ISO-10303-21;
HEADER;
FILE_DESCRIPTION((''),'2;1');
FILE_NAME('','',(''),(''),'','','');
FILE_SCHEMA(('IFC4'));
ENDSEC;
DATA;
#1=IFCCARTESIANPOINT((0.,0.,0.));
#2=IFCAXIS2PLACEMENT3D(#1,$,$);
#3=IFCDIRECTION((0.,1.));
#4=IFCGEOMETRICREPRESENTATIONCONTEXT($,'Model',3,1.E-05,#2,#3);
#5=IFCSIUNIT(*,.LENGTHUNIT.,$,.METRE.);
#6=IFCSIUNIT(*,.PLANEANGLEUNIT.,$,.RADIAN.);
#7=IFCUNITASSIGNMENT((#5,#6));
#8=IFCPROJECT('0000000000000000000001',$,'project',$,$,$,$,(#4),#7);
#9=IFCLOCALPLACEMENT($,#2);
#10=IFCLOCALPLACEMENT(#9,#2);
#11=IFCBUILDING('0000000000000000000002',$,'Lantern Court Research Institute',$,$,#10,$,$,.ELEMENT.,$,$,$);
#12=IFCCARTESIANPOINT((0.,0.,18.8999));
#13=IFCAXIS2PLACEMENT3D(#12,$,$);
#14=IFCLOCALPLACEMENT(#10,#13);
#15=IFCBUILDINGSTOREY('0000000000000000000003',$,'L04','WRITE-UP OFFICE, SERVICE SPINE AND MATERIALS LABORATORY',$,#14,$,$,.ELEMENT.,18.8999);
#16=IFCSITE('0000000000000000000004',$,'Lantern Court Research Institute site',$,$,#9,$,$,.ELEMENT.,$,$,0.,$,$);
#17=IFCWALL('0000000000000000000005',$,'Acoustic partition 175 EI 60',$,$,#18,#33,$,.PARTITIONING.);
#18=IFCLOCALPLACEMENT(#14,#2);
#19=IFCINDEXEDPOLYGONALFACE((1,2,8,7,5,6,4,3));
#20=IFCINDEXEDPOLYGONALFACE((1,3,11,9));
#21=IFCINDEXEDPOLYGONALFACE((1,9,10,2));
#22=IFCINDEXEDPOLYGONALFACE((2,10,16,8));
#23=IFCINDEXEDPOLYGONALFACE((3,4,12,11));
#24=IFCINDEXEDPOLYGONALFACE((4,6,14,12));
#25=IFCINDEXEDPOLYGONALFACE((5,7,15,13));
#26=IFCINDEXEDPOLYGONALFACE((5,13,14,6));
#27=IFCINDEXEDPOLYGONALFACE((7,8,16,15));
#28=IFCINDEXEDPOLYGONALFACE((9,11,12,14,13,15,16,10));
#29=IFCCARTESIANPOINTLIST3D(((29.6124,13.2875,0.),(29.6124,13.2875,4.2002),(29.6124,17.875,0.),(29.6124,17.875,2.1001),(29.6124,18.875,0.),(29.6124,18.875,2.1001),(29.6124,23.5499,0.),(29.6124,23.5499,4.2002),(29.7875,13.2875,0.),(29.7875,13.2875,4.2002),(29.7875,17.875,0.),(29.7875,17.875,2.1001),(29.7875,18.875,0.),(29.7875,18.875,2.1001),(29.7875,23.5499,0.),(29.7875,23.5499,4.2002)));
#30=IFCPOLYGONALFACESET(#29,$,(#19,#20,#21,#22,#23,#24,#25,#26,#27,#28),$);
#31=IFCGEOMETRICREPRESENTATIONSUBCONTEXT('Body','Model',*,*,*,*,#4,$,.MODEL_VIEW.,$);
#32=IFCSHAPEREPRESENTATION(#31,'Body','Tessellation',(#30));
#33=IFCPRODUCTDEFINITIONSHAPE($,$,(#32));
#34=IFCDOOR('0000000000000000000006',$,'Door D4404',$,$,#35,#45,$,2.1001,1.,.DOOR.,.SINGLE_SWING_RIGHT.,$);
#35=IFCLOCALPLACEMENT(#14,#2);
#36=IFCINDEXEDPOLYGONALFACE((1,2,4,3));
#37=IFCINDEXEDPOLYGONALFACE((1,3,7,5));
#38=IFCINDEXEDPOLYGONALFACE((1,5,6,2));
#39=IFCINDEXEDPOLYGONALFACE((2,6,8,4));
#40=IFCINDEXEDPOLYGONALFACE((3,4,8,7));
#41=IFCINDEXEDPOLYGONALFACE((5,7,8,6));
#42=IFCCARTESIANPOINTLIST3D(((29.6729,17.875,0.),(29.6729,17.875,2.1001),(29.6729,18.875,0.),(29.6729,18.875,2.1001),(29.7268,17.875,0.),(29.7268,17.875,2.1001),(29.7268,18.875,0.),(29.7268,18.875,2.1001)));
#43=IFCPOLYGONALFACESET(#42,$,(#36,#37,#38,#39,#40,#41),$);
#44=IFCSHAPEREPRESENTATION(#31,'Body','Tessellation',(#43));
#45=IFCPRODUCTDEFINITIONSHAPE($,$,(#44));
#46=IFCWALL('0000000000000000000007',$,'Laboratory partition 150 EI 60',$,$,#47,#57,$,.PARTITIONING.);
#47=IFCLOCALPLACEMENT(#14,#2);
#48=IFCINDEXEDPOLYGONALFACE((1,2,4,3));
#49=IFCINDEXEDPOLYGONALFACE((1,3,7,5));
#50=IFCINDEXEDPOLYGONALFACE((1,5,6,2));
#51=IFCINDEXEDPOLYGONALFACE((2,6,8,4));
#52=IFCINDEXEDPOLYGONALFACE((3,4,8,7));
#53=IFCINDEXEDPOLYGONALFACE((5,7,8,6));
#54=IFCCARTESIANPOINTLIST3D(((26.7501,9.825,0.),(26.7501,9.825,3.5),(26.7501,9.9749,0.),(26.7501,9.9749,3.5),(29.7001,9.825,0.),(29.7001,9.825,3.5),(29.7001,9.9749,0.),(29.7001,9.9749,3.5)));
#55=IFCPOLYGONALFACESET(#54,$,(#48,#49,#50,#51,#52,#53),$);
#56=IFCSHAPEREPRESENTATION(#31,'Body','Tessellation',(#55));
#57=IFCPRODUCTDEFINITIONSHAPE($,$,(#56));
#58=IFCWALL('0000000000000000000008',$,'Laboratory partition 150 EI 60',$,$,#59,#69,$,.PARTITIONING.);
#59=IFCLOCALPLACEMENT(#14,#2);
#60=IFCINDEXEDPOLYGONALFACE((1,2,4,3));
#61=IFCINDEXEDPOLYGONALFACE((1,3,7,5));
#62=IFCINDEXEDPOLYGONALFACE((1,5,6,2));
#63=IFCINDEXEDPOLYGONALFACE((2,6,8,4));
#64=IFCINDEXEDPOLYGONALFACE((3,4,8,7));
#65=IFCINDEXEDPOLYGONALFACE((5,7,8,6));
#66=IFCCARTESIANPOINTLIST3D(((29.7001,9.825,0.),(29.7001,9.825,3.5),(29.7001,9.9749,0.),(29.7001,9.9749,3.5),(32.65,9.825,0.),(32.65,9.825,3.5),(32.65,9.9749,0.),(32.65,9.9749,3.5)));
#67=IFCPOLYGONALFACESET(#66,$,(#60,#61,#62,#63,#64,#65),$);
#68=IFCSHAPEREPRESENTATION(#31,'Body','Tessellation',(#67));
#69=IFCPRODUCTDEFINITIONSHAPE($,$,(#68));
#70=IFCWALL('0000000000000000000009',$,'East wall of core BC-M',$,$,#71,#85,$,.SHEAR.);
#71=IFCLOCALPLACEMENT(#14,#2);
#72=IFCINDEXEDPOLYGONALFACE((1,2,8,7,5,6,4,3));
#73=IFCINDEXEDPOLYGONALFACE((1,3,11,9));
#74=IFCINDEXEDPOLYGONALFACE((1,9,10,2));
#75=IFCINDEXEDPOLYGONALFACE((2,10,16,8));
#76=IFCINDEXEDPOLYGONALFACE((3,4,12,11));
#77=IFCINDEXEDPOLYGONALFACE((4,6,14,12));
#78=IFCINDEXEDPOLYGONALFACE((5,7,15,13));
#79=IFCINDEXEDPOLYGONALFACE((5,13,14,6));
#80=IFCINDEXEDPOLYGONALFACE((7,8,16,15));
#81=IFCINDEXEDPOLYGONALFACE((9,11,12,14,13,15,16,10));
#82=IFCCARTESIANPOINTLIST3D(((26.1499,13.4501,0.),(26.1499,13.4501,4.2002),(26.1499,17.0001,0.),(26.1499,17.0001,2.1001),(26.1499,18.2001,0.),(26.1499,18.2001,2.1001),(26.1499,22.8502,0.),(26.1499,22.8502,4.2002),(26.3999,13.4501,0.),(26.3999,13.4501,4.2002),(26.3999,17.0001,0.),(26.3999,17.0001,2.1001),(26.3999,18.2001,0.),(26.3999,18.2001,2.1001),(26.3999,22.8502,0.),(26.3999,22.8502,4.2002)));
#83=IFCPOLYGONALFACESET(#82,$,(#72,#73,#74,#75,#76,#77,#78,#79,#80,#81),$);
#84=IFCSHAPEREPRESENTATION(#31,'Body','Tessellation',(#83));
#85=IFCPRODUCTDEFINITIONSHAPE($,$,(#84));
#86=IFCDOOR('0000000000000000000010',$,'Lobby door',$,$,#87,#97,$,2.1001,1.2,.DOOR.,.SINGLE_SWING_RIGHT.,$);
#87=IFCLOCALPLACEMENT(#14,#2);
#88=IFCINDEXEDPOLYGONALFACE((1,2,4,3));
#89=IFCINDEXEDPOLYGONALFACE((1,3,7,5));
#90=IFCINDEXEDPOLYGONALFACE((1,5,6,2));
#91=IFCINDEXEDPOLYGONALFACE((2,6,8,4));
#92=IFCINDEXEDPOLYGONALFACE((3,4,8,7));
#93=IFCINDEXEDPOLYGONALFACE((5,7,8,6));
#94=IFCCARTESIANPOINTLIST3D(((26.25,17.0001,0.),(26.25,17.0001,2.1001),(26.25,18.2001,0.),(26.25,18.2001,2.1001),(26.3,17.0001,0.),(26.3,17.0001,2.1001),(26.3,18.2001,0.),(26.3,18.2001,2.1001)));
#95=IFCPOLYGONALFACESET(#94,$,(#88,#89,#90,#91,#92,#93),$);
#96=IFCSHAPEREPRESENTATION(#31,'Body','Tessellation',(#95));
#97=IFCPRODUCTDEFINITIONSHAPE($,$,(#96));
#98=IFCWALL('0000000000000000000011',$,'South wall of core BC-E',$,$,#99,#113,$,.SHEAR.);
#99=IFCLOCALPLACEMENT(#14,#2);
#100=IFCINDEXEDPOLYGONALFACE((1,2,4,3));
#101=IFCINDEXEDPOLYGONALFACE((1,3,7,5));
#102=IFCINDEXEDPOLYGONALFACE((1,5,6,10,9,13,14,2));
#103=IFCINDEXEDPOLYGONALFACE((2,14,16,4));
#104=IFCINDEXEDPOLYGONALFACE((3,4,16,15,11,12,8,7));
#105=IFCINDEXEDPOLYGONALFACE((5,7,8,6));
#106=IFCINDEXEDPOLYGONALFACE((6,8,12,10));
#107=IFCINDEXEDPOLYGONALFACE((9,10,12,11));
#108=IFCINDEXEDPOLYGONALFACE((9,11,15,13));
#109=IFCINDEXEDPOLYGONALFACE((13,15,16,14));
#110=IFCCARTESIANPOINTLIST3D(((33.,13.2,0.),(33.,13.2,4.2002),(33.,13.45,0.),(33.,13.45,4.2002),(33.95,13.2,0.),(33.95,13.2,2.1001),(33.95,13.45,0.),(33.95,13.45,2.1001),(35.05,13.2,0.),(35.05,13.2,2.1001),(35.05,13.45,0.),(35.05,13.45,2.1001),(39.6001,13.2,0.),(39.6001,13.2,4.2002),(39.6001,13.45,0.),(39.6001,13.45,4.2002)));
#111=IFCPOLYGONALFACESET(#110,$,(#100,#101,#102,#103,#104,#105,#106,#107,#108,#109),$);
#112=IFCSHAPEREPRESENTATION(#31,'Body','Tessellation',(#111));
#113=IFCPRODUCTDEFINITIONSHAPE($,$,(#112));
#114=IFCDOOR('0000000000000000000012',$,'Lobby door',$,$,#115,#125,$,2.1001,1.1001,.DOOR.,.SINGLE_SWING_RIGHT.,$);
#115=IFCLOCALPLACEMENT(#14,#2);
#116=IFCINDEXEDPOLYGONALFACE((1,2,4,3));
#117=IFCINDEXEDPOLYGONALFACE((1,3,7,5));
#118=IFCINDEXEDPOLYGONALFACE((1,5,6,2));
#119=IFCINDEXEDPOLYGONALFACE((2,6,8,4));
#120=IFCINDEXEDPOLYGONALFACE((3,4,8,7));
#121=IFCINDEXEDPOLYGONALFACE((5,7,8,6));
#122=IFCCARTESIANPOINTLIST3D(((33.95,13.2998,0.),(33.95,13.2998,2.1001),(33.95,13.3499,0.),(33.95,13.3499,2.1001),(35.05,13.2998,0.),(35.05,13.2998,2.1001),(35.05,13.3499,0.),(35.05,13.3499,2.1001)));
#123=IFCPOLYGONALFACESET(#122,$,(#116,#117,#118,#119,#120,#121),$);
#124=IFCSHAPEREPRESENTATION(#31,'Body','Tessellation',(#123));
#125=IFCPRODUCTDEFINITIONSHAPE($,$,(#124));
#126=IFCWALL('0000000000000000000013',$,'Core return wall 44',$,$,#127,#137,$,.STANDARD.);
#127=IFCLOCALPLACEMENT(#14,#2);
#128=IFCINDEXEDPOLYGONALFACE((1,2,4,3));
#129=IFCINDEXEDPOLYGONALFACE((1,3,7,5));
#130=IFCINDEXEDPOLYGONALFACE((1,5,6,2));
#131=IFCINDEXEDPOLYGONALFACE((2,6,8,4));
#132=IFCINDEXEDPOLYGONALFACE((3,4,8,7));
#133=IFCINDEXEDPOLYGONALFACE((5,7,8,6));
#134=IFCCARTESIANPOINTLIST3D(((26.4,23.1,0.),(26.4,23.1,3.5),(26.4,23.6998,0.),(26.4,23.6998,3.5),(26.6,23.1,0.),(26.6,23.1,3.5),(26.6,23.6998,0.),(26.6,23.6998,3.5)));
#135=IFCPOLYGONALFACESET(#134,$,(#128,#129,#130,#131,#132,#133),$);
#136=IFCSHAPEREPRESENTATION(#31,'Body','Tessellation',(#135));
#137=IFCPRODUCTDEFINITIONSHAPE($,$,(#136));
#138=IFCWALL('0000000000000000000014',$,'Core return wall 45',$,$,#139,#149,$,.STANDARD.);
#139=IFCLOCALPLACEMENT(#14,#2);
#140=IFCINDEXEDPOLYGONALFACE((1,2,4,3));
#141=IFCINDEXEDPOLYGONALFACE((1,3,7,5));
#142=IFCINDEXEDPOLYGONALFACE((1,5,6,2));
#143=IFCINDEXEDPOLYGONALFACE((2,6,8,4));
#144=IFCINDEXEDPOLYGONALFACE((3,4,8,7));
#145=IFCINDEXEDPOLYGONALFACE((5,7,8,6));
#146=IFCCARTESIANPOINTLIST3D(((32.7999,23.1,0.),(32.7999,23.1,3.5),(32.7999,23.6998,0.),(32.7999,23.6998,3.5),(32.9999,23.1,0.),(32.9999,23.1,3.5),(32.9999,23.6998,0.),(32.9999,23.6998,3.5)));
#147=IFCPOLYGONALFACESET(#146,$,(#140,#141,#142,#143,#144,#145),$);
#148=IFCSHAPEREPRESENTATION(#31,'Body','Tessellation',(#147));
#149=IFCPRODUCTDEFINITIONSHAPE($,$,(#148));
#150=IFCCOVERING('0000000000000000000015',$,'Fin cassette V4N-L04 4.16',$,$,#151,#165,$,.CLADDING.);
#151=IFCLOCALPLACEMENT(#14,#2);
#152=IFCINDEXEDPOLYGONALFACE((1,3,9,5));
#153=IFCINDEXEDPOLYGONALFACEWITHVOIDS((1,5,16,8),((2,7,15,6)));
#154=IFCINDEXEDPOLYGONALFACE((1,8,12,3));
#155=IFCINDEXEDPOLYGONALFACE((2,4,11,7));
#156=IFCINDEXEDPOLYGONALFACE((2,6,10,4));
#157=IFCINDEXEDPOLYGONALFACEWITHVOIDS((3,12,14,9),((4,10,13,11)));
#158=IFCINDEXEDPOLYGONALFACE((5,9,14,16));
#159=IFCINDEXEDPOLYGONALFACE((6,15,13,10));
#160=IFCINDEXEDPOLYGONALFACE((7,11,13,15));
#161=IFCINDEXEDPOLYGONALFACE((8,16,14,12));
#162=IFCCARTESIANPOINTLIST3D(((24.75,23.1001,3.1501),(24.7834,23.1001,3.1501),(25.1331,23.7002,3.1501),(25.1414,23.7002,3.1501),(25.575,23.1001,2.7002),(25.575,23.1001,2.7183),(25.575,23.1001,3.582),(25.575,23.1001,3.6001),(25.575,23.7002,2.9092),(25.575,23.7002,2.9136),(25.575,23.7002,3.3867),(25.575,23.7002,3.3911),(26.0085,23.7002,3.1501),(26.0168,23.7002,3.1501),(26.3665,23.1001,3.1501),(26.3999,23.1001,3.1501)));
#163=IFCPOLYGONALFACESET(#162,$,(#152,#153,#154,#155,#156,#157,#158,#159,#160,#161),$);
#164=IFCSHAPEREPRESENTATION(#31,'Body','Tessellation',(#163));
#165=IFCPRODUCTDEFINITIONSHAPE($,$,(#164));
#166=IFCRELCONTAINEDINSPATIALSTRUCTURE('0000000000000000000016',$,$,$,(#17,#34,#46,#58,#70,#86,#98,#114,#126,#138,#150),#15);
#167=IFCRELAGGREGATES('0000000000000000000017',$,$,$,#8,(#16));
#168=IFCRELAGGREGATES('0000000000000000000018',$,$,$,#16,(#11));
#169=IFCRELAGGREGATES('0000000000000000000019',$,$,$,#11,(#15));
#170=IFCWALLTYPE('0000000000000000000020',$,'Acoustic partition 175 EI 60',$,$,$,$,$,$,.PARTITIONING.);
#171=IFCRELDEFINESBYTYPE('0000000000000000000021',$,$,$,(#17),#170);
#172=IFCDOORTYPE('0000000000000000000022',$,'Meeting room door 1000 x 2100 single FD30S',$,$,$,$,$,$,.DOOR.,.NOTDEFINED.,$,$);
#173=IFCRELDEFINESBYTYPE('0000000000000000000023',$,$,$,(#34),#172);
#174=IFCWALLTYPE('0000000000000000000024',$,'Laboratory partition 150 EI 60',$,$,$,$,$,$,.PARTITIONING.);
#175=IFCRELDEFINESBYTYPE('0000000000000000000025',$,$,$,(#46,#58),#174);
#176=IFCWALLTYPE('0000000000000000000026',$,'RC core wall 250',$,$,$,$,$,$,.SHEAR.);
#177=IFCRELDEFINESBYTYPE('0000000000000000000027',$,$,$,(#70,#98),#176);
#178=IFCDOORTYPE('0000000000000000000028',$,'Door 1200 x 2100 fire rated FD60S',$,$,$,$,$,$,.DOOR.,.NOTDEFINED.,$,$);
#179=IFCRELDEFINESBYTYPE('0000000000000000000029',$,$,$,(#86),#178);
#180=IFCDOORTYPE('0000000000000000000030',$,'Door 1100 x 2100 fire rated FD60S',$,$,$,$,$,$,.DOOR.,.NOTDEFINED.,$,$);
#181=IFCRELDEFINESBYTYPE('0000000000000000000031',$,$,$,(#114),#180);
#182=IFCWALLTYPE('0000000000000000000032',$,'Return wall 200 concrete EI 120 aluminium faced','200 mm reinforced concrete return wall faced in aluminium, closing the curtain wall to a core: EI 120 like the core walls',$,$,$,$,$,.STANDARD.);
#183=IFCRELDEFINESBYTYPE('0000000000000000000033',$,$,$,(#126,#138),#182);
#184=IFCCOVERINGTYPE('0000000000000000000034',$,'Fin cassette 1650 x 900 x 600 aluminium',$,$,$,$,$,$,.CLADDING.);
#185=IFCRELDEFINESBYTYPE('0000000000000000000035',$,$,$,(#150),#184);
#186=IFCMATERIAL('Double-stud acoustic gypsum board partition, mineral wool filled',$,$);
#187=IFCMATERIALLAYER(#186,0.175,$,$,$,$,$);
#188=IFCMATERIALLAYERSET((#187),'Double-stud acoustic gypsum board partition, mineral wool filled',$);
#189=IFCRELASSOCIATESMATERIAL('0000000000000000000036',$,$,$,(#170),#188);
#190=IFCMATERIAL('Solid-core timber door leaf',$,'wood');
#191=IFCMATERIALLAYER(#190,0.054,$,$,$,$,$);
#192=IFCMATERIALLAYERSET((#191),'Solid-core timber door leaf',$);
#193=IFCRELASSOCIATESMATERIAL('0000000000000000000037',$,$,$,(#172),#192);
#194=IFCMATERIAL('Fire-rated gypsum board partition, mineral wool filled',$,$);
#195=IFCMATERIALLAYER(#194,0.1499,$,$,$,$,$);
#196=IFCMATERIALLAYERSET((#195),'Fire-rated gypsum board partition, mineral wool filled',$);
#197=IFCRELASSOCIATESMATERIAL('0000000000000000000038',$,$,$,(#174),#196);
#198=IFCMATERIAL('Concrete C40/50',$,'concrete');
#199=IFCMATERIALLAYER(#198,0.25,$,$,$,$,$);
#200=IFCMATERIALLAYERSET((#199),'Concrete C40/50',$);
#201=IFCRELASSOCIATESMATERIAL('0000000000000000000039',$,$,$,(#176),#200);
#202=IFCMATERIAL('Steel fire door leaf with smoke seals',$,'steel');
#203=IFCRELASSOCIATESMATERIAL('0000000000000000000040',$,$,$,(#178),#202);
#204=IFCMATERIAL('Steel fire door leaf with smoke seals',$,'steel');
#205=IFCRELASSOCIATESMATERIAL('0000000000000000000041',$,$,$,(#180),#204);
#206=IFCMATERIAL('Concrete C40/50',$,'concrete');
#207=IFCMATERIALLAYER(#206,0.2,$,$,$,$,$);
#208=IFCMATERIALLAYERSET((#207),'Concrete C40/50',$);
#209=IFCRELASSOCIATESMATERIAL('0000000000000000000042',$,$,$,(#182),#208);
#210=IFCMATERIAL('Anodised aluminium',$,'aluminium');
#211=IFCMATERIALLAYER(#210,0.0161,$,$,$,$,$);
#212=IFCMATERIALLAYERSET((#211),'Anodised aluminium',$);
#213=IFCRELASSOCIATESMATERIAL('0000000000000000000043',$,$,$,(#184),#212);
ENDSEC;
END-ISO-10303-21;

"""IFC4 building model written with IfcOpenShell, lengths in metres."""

from ifc_helpers import new_model, entity, si_unit, direction, frame, frame_2d, origin, place, context, subcontext, project, spatial, rectangle, extrude, material, layer, layer_set, type_object, element, fill, save


model = new_model("IFC4")

# Units and contexts
model_context = context("Model", 3, precision=1e-05, world=origin(), true_north=direction((0.0, 1.0)))
body_context = subcontext(model_context, "Body", "Model", "MODEL_VIEW")
ifc_project = project(units=[si_unit("LENGTHUNIT", "METRE"), si_unit("PLANEANGLEUNIT", "RADIAN")], contexts=[model_context])

# Site, building, storey
site_placement = place(None, origin())
site = spatial("IfcSite", under=ifc_project, at=site_placement, Name="Lantern Court Research Institute site", CompositionType="ELEMENT", RefElevation=0.0)
building_placement = place(site_placement, origin())
building = spatial("IfcBuilding", under=site, at=building_placement, Name="Lantern Court Research Institute", CompositionType="ELEMENT")
storey_placement = place(building_placement, frame((0.0, 0.0, 18.8999)))
storey = spatial("IfcBuildingStorey", under=building, at=storey_placement, Name="L04", Description="WRITE-UP OFFICE, SERVICE SPINE AND MATERIALS LABORATORY", CompositionType="ELEMENT", Elevation=18.8999)

# Shared definitions
ifc_material_1 = material(Name="Double-stud acoustic gypsum board partition, mineral wool filled")
ifc_layer_1 = layer(ifc_material_1, 0.175)
ifc_layer_set_1 = layer_set([ifc_layer_1], Name="Double-stud acoustic gypsum board partition, mineral wool filled")
wall_type_1 = type_object("IfcWallType", Name="Acoustic partition 175 EI 60", PredefinedType="PARTITIONING", material=ifc_layer_set_1)

# Wall, opening, door
wall_1_placement = place(storey_placement, frame((29.7, 23.55, 0.0), z_axis=(0.0, 0.0, 1.0), x_axis=(0.0, -1.0, 0.0)))
wall_1 = element("IfcWall", 1, at=wall_1_placement, inside=storey, type_object=wall_type_1, Name="Acoustic partition 175 EI 60", PredefinedType="PARTITIONING", context=body_context, shape_type="SweptSolid", body=[
    extrude(rectangle(XDim=10.2625, YDim=0.175, at=frame_2d((5.1313, 0.0))), origin(), (0.0, 0.0, 1.0), 4.2002),
])
opening_1_placement = place(wall_1_placement, frame((4.675, 0.0, 0.0)))
opening_1 = element("IfcOpeningElement", 2, at=opening_1_placement, cuts=wall_1, PredefinedType="OPENING", context=body_context, shape_type="SweptSolid", body=[
    extrude(rectangle(XDim=1.0, YDim=2.1001, at=frame_2d((0.5, 1.05))), frame((0.0, 0.0974, 0.0), z_axis=(0.0, -1.0, 0.0), x_axis=(1.0, 0.0, 0.0)), (0.0, 0.0, 1.0), 0.1951),
])
ifc_material_2 = material(Name="Solid-core timber door leaf", Category="wood")
ifc_layer_2 = layer(ifc_material_2, 0.054)
ifc_layer_set_2 = layer_set([ifc_layer_2], Name="Solid-core timber door leaf")
door_type_1 = type_object("IfcDoorType", Name="Meeting room door 1000 x 2100 single FD30S", OperationType="NOTDEFINED", PredefinedType="DOOR", material=ifc_layer_set_2)
door_1_placement = place(opening_1_placement, origin())
door_1 = element("IfcDoor", 3, at=door_1_placement, inside=storey, type_object=door_type_1, Name="Door D4404", OperationType="SINGLE_SWING_RIGHT", OverallHeight=2.1001, OverallWidth=1.0, PredefinedType="DOOR", context=body_context, shape_type="SweptSolid", body=[
    extrude(rectangle(XDim=1.0, YDim=2.1001, at=frame_2d((0.5, 1.05))), frame((0.0, 0.0269, 0.0), z_axis=(0.0, -1.0, 0.0), x_axis=(1.0, 0.0, 0.0)), (0.0, 0.0, 1.0), 0.054),
])
fill(opening_1, door_1)

# Walls
ifc_material_3 = material(Name="Fire-rated gypsum board partition, mineral wool filled")
ifc_layer_3 = layer(ifc_material_3, 0.1499)
ifc_layer_set_3 = layer_set([ifc_layer_3], Name="Fire-rated gypsum board partition, mineral wool filled")
wall_type_2 = type_object("IfcWallType", Name="Laboratory partition 150 EI 60", PredefinedType="PARTITIONING", material=ifc_layer_set_3)
for number, where, z_axis, x_axis, name in (
    (4, (26.75, 9.8999, 0.0), (0.0, 0.0, 1.0), (1.0, 0.0, 0.0), "Laboratory partition 150 EI 60"),
    (5, (29.7, 9.8999, 0.0), (0.0, 0.0, 1.0), (1.0, 0.0, 0.0), "Laboratory partition 150 EI 60"),
):
    element("IfcWall", number, at=place(storey_placement, frame(where, z_axis=z_axis, x_axis=x_axis)), inside=storey, type_object=wall_type_2, Name=name, PredefinedType="PARTITIONING", context=body_context, shape_type="SweptSolid", body=[
        extrude(rectangle(XDim=2.95, YDim=0.1499, at=frame_2d((1.4751, 0.0))), origin(), (0.0, 0.0, 1.0), 3.5),
    ])

# Walls, openings, doors
ifc_material_4 = material(Name="Concrete C40/50", Category="concrete")
ifc_layer_4 = layer(ifc_material_4, 0.25)
ifc_layer_set_4 = layer_set([ifc_layer_4], Name="Concrete C40/50")
wall_type_3 = type_object("IfcWallType", Name="RC core wall 250", PredefinedType="SHEAR", material=ifc_layer_set_4)
wall_2_placement = place(storey_placement, frame((26.2749, 13.45, 0.0), z_axis=(0.0, 0.0, 1.0), x_axis=(0.0, 1.0, 0.0)))
wall_2 = element("IfcWall", 6, at=wall_2_placement, inside=storey, type_object=wall_type_3, Name="East wall of core BC-M", PredefinedType="SHEAR", context=body_context, shape_type="SweptSolid", body=[
    extrude(rectangle(XDim=9.4001, YDim=0.25, at=frame_2d((4.7002, 0.0))), origin(), (0.0, 0.0, 1.0), 4.2002),
])
opening_2_placement = place(wall_2_placement, frame((3.55, 0.0, 0.0)))
opening_2 = element("IfcOpeningElement", 7, at=opening_2_placement, cuts=wall_2, PredefinedType="OPENING", context=body_context, shape_type="SweptSolid", body=[
    extrude(rectangle(XDim=1.2, YDim=2.1001, at=frame_2d((0.6001, 1.05))), frame((0.0, 0.135, 0.0), z_axis=(0.0, -1.0, 0.0), x_axis=(1.0, 0.0, 0.0)), (0.0, 0.0, 1.0), 0.27),
])
ifc_material_5 = material(Name="Steel fire door leaf with smoke seals", Category="steel")
door_type_2 = type_object("IfcDoorType", Name="Door 1200 x 2100 fire rated FD60S", OperationType="NOTDEFINED", PredefinedType="DOOR", material=ifc_material_5)
door_2_placement = place(opening_2_placement, origin())
door_2 = element("IfcDoor", 8, at=door_2_placement, inside=storey, type_object=door_type_2, Name="Lobby door", OperationType="SINGLE_SWING_RIGHT", OverallHeight=2.1001, OverallWidth=1.2, PredefinedType="DOOR", context=body_context, shape_type="SweptSolid", body=[
    extrude(rectangle(XDim=1.2, YDim=2.1001, at=frame_2d((0.6001, 1.05))), frame((0.0, 0.0249, 0.0), z_axis=(0.0, -1.0, 0.0), x_axis=(1.0, 0.0, 0.0)), (0.0, 0.0, 1.0), 0.05),
])
fill(opening_2, door_2)
wall_3_placement = place(storey_placement, frame((33.0, 13.325, 0.0), z_axis=(0.0, 0.0, 1.0), x_axis=(1.0, 0.0, 0.0)))
wall_3 = element("IfcWall", 9, at=wall_3_placement, inside=storey, type_object=wall_type_3, Name="South wall of core BC-E", PredefinedType="SHEAR", context=body_context, shape_type="SweptSolid", body=[
    extrude(rectangle(XDim=6.6001, YDim=0.25, at=frame_2d((3.3, 0.0))), origin(), (0.0, 0.0, 1.0), 4.2002),
])
opening_3_placement = place(wall_3_placement, frame((0.95, 0.0, 0.0)))
opening_3 = element("IfcOpeningElement", 10, at=opening_3_placement, cuts=wall_3, PredefinedType="OPENING", context=body_context, shape_type="SweptSolid", body=[
    extrude(rectangle(XDim=1.1001, YDim=2.1001, at=frame_2d((0.55, 1.05))), frame((0.0, 0.135, 0.0), z_axis=(0.0, -1.0, 0.0), x_axis=(1.0, 0.0, 0.0)), (0.0, 0.0, 1.0), 0.27),
])
ifc_material_6 = material(Name="Steel fire door leaf with smoke seals", Category="steel")
door_type_3 = type_object("IfcDoorType", Name="Door 1100 x 2100 fire rated FD60S", OperationType="NOTDEFINED", PredefinedType="DOOR", material=ifc_material_6)
door_3_placement = place(opening_3_placement, origin())
door_3 = element("IfcDoor", 11, at=door_3_placement, inside=storey, type_object=door_type_3, Name="Lobby door", OperationType="SINGLE_SWING_RIGHT", OverallHeight=2.1001, OverallWidth=1.1001, PredefinedType="DOOR", context=body_context, shape_type="SweptSolid", body=[
    extrude(rectangle(XDim=1.1001, YDim=2.1001, at=frame_2d((0.55, 1.05))), frame((0.0, 0.0249, 0.0), z_axis=(0.0, -1.0, 0.0), x_axis=(1.0, 0.0, 0.0)), (0.0, 0.0, 1.0), 0.05),
])
fill(opening_3, door_3)

# Walls
ifc_material_7 = material(Name="Concrete C40/50", Category="concrete")
ifc_layer_5 = layer(ifc_material_7, 0.2)
ifc_layer_set_5 = layer_set([ifc_layer_5], Name="Concrete C40/50")
wall_type_4 = type_object("IfcWallType", Name="Return wall 200 concrete EI 120 aluminium faced", Description="200 mm reinforced concrete return wall faced in aluminium, closing the curtain wall to a core: EI 120 like the core walls", PredefinedType="STANDARD", material=ifc_layer_set_5)
for number, where, z_axis, x_axis, name in (
    (12, (26.5, 23.1001, 0.0), (0.0, 0.0, 1.0), (0.0, 1.0, 0.0), "Core return wall 44"),
    (13, (32.8999, 23.1001, 0.0), (0.0, 0.0, 1.0), (0.0, 1.0, 0.0), "Core return wall 45"),
):
    element("IfcWall", number, at=place(storey_placement, frame(where, z_axis=z_axis, x_axis=x_axis)), inside=storey, type_object=wall_type_4, Name=name, PredefinedType="STANDARD", context=body_context, shape_type="SweptSolid", body=[
        extrude(rectangle(XDim=0.5999, YDim=0.2, at=frame_2d((0.2998, 0.0))), origin(), (0.0, 0.0, 1.0), 3.5),
    ])

# Covering
ifc_material_8 = material(Name="Anodised aluminium", Category="aluminium")
ifc_layer_6 = layer(ifc_material_8, 0.0161)
ifc_layer_set_6 = layer_set([ifc_layer_6], Name="Anodised aluminium")
covering_type = type_object("IfcCoveringType", Name="Fin cassette 1650 x 900 x 600 aluminium", PredefinedType="CLADDING", material=ifc_layer_set_6)
covering_1_placement = place(storey_placement, frame((25.575, 23.1001, 3.1501), z_axis=(0.0, 1.0, 0.0), x_axis=(-1.0, 0.0, 0.0)))
cartesian_point_1 = entity("IfcCartesianPoint", [0.825, 0.0])
cartesian_point_2 = entity("IfcCartesianPoint", [0.7915, 0.0])
cartesian_point_3 = entity("IfcCartesianPoint", [0.4419, 0.0])
cartesian_point_4 = entity("IfcCartesianPoint", [0.4336, 0.0])
element("IfcCovering", 14, at=covering_1_placement, inside=storey, type_object=covering_type, Name="Fin cassette V4N-L04 4.16", PredefinedType="CLADDING", context=body_context, shape_type="SweptSolid", body=[
    entity("IfcExtrudedAreaSolidTapered", entity("IfcArbitraryProfileDefWithVoids", "AREA", None, entity("IfcPolyline", [cartesian_point_1, entity("IfcCartesianPoint", [0.0, 0.45]), entity("IfcCartesianPoint", [-0.825, 0.0]), entity("IfcCartesianPoint", [0.0, -0.45]), cartesian_point_1]), [entity("IfcPolyline", [cartesian_point_2, entity("IfcCartesianPoint", [0.0, 0.4319]), entity("IfcCartesianPoint", [-0.7915, 0.0]), entity("IfcCartesianPoint", [0.0, -0.4319]), cartesian_point_2])]), entity("IfcAxis2Placement3D", entity("IfcCartesianPoint", [0.0, 0.0, 0.0])), entity("IfcDirection", [0.0, 0.0, 1.0]), 0.6001, entity("IfcArbitraryProfileDefWithVoids", "AREA", None, entity("IfcPolyline", [cartesian_point_3, entity("IfcCartesianPoint", [0.0, 0.241]), entity("IfcCartesianPoint", [-0.4419, 0.0]), entity("IfcCartesianPoint", [0.0, -0.241]), cartesian_point_3]), [entity("IfcPolyline", [cartesian_point_4, entity("IfcCartesianPoint", [0.0, 0.2366]), entity("IfcCartesianPoint", [-0.4336, 0.0]), entity("IfcCartesianPoint", [0.0, -0.2366]), cartesian_point_4])])),
])

save(model, "model.ifc")
